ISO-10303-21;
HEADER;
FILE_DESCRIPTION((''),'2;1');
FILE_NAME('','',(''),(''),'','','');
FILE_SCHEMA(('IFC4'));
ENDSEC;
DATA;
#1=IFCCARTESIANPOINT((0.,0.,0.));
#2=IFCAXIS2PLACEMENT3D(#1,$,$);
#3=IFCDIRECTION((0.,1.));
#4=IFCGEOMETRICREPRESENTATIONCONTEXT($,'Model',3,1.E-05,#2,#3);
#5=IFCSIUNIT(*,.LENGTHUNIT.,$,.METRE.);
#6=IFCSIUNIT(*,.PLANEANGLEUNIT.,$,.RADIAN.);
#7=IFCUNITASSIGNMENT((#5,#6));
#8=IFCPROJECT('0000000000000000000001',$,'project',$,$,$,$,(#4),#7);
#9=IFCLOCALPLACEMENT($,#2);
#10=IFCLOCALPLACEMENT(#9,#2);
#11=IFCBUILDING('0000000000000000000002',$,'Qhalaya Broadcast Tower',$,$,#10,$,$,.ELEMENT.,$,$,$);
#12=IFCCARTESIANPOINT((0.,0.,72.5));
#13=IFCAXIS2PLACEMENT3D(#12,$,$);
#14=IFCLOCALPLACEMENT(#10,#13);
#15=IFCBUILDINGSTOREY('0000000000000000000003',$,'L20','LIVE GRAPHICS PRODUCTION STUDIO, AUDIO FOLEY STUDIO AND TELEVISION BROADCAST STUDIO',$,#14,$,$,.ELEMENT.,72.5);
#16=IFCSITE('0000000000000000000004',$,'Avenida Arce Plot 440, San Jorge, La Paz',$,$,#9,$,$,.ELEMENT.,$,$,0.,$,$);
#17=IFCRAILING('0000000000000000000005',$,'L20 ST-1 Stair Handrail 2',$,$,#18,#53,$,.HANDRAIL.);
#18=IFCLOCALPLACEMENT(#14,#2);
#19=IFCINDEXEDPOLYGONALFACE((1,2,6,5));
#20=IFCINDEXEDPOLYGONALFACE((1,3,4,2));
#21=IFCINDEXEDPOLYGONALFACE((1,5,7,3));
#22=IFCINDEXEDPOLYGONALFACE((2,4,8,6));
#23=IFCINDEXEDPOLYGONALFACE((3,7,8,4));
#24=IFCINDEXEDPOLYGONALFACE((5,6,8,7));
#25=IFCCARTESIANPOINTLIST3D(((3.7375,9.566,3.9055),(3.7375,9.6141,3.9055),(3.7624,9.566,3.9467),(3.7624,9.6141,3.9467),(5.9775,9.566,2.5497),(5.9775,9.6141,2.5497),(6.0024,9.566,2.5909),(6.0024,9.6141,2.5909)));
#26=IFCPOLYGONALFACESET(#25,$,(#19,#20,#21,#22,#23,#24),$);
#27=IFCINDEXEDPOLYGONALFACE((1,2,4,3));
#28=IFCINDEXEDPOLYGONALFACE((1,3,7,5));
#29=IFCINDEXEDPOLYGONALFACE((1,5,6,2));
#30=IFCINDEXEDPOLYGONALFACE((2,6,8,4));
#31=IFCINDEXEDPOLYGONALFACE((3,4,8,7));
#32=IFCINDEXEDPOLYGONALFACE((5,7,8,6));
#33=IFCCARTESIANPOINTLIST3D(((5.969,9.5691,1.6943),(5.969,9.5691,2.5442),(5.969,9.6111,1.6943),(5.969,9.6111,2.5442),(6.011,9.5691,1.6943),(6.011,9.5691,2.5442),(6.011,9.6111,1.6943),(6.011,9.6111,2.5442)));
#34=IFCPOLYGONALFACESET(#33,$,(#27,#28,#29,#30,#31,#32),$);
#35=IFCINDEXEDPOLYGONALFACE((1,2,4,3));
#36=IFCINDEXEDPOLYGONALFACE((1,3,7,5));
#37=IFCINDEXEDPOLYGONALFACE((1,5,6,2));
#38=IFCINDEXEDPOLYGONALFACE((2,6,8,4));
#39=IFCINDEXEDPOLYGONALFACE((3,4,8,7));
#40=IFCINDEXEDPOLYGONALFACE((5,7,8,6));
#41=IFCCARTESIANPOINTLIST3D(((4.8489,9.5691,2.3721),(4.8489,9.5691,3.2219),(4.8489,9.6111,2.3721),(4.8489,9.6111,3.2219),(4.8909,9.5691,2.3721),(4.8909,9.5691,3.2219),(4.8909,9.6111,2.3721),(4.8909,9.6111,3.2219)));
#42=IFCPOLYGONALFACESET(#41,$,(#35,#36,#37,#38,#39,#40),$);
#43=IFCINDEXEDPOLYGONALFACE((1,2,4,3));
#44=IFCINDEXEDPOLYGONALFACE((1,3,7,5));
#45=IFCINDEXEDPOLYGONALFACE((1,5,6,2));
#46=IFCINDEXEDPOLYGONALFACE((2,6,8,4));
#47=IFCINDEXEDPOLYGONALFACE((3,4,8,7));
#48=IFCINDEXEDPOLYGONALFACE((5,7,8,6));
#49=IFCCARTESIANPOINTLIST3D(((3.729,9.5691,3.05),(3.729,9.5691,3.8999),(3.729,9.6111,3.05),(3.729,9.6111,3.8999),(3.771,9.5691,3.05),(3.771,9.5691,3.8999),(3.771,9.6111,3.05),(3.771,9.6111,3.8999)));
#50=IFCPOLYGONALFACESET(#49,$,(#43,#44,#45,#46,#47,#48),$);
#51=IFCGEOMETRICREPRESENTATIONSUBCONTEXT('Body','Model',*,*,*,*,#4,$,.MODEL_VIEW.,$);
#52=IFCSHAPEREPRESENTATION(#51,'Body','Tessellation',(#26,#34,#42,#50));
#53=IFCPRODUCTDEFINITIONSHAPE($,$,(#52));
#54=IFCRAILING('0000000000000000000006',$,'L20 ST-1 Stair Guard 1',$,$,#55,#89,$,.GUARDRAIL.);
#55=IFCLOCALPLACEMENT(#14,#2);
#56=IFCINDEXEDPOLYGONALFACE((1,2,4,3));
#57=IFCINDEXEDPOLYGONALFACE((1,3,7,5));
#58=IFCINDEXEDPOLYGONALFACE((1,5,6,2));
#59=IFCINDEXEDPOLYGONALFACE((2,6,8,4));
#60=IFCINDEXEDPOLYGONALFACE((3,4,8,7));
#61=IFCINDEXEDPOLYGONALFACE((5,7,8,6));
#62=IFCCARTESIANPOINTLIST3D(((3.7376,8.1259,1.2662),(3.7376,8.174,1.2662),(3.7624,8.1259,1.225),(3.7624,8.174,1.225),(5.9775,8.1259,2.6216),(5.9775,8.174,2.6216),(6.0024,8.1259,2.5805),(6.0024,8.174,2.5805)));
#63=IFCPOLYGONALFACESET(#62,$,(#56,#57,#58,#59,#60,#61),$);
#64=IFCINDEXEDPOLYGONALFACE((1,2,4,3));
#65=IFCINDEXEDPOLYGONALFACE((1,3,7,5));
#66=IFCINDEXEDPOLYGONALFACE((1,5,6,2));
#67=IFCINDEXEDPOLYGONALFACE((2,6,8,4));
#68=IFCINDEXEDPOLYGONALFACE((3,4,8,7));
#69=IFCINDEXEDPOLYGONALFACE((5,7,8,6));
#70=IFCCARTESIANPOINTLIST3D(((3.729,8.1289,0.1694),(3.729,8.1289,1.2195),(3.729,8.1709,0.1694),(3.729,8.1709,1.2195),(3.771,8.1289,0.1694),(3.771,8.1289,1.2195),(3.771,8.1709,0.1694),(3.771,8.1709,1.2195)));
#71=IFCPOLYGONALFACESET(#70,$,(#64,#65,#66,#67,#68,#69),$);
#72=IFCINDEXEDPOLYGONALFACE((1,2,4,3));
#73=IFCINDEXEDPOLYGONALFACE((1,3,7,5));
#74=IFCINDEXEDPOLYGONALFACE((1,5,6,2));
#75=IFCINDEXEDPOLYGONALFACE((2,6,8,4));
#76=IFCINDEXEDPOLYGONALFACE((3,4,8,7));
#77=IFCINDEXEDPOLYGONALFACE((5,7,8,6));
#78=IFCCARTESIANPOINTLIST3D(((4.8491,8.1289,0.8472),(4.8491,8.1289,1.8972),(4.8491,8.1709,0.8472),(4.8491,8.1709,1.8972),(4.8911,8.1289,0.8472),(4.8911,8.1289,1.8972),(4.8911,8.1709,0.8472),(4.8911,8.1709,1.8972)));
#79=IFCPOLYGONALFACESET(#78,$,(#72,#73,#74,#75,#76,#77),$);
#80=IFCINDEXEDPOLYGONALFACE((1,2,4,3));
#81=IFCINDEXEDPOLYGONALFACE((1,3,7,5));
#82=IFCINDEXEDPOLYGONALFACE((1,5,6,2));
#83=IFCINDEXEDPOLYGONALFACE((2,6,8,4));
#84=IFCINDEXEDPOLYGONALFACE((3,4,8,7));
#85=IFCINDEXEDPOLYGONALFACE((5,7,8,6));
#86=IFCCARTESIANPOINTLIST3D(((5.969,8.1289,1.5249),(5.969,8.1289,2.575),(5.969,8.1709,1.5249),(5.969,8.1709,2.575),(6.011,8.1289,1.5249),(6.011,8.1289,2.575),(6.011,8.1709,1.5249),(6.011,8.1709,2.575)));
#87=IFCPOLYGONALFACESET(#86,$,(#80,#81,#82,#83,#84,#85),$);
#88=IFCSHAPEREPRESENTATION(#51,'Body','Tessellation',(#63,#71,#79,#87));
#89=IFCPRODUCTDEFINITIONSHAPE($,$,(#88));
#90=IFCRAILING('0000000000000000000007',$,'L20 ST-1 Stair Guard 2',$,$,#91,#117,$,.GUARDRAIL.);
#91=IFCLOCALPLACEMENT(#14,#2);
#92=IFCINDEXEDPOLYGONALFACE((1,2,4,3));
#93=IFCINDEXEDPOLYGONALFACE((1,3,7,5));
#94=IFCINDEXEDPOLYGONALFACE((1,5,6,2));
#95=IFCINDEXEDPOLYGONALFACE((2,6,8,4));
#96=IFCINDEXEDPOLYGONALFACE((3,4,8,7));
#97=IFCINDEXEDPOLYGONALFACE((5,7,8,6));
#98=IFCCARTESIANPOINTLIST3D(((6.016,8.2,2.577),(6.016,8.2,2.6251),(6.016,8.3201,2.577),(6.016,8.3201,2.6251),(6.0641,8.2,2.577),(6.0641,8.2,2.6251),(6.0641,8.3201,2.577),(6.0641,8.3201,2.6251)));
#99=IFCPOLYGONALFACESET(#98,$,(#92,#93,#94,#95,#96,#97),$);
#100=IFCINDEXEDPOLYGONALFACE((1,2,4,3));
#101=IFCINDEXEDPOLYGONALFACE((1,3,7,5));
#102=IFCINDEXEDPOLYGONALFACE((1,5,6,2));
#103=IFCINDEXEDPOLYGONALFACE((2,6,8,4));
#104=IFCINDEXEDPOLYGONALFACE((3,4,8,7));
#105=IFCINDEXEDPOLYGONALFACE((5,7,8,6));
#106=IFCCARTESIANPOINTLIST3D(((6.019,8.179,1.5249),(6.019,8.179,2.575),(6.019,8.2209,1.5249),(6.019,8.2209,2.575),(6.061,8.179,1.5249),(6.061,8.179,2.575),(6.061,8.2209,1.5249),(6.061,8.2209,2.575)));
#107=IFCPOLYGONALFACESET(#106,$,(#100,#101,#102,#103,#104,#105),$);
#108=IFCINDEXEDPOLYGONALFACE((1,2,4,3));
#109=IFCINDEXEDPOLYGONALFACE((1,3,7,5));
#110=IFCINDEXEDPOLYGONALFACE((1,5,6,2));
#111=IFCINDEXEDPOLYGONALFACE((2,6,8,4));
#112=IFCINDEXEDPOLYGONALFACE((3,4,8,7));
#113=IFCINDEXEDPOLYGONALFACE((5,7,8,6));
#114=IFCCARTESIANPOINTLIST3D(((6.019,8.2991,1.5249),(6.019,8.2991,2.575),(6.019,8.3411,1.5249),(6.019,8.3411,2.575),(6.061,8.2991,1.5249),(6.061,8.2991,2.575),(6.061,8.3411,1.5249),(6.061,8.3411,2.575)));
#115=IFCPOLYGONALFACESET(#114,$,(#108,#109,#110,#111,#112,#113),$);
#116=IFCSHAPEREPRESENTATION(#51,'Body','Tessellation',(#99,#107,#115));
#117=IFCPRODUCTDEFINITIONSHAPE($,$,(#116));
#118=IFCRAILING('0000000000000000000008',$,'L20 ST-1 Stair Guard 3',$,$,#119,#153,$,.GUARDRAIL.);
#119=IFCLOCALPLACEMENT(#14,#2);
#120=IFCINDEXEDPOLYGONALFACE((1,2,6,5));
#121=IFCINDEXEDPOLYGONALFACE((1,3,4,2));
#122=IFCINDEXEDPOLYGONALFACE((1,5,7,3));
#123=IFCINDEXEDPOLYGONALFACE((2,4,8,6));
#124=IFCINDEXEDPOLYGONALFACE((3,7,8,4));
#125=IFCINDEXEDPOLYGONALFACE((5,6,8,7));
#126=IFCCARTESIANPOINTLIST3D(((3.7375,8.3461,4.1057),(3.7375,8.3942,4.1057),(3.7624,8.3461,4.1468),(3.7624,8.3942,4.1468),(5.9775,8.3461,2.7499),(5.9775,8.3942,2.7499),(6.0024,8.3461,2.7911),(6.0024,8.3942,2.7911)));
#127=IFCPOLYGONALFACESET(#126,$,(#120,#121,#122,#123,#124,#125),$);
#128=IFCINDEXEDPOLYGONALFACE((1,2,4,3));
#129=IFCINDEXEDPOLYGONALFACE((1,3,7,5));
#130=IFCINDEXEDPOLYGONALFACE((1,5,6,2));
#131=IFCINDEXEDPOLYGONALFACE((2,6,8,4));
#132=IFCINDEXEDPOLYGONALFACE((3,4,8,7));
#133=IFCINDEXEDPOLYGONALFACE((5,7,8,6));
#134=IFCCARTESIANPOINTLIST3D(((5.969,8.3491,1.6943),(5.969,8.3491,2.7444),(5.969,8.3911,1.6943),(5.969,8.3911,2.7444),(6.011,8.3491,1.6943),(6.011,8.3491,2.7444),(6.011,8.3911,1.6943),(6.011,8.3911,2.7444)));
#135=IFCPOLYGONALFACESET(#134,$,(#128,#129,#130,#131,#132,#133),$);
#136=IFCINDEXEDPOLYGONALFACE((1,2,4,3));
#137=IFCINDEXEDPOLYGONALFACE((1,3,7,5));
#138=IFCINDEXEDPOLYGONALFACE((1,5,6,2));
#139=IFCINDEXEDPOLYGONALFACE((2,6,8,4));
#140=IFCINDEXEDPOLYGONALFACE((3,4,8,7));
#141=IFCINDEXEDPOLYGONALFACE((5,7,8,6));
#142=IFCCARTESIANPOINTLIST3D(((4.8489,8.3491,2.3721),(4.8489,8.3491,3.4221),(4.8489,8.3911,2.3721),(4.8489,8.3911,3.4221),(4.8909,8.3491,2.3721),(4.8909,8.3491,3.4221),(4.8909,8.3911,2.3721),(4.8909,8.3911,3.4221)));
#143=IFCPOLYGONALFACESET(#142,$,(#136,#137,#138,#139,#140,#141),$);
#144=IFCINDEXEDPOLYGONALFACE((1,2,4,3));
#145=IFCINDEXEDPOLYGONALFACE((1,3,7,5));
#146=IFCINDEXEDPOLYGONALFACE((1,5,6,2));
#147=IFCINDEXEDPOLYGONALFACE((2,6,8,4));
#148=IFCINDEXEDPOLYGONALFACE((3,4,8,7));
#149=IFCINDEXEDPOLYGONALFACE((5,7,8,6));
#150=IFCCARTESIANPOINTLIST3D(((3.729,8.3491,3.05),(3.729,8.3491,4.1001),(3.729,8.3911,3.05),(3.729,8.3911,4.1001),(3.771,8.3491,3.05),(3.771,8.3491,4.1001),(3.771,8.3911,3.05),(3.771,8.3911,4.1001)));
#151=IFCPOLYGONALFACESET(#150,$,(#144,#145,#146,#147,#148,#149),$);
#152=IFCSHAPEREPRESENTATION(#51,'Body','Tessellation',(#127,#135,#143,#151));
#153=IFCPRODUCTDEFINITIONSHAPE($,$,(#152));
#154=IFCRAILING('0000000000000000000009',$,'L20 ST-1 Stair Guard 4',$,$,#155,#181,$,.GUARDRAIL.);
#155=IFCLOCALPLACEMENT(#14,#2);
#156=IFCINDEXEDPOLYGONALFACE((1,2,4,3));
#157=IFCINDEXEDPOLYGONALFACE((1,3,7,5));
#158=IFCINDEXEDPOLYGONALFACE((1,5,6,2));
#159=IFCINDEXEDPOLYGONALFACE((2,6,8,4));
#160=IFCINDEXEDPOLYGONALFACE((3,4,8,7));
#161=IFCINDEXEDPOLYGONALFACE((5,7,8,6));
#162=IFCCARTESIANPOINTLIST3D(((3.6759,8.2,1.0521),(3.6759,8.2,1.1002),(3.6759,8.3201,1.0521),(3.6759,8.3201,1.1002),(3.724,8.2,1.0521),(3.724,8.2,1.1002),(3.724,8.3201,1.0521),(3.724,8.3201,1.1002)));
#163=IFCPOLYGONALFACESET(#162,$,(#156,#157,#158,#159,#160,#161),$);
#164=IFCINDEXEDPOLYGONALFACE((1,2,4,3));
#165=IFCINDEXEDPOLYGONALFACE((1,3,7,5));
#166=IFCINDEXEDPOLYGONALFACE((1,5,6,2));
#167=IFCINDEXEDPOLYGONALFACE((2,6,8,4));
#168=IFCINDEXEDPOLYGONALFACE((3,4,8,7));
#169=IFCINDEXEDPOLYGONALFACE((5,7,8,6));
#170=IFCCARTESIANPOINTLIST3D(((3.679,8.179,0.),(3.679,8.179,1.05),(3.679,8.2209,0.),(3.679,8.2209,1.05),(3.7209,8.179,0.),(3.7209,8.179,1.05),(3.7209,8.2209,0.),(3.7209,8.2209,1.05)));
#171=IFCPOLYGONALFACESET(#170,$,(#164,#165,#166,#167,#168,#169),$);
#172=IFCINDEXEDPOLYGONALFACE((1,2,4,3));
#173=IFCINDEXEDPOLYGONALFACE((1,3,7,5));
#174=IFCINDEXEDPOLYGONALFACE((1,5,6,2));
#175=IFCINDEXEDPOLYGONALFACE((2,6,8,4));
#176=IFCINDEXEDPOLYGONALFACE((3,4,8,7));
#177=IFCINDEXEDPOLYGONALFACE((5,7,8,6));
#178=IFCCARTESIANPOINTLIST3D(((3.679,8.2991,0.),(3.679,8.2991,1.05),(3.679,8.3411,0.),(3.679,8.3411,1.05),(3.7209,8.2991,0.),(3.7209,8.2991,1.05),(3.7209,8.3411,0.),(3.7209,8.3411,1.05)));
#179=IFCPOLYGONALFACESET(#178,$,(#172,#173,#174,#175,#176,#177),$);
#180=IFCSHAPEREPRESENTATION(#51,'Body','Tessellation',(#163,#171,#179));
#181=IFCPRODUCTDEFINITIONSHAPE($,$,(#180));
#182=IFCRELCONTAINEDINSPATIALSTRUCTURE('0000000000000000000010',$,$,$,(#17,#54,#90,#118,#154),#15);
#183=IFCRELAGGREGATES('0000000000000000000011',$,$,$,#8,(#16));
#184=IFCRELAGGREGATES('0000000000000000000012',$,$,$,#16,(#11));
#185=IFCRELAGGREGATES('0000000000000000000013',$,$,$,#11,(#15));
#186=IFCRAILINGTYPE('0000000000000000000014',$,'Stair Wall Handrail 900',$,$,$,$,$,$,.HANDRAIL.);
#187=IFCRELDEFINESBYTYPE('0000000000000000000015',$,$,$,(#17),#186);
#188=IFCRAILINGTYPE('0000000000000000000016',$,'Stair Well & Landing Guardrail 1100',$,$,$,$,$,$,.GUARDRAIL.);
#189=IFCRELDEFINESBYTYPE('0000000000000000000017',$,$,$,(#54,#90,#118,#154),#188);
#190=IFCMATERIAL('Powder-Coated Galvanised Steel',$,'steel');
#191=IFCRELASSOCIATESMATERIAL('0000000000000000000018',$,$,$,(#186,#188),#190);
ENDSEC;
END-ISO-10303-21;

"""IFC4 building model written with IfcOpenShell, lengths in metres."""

from ifc_helpers import new_model, si_unit, direction, frame, origin, origin_2d, place, context, subcontext, project, spatial, rectangle, extrude, material, type_object, element, save


model = new_model("IFC4")

# Units and contexts
model_context = context("Model", 3, precision=1e-05, world=origin(), true_north=direction((0.0, 1.0)))
body_context = subcontext(model_context, "Body", "Model", "MODEL_VIEW")
ifc_project = project(units=[si_unit("LENGTHUNIT", "METRE"), si_unit("PLANEANGLEUNIT", "RADIAN")], contexts=[model_context])

# Site, building, storey
site_placement = place(None, origin())
site = spatial("IfcSite", under=ifc_project, at=site_placement, Name="Avenida Arce Plot 440, San Jorge, La Paz", CompositionType="ELEMENT", RefElevation=0.0)
building_placement = place(site_placement, origin())
building = spatial("IfcBuilding", under=site, at=building_placement, Name="Qhalaya Broadcast Tower", CompositionType="ELEMENT")
storey_placement = place(building_placement, frame((0.0, 0.0, 72.5)))
storey = spatial("IfcBuildingStorey", under=building, at=storey_placement, Name="L20", Description="LIVE GRAPHICS PRODUCTION STUDIO, AUDIO FOLEY STUDIO AND TELEVISION BROADCAST STUDIO", CompositionType="ELEMENT", Elevation=72.5)

# Railings
ifc_material_1 = material(Name="Powder-Coated Galvanised Steel", Category="steel")
railing_type_1 = type_object("IfcRailingType", Name="Stair Wall Handrail 900", PredefinedType="HANDRAIL", material=ifc_material_1)
railing_1_placement = place(storey_placement, frame((5.99, 9.5901, 1.6943)))
element("IfcRailing", 1, at=railing_1_placement, inside=storey, type_object=railing_type_1, Name="L20 ST-1 Stair Handrail 2", PredefinedType="HANDRAIL", context=body_context, shape_type="SweptSolid", body=[
    extrude(rectangle(XDim=0.0481, YDim=0.0481, at=origin_2d()), frame((0.0, 0.0, 0.876), z_axis=(-0.855512, 0.0, 0.517783), x_axis=(0.0, -1.0, 0.0)), (0.0, 0.0, 1.0), 2.6184),
    extrude(rectangle(XDim=0.042, YDim=0.042, at=origin_2d()), origin(), (0.0, 0.0, 1.0), 0.8499),
    extrude(rectangle(XDim=0.042, YDim=0.042, at=origin_2d()), frame((-1.1201, 0.0, 0.6777)), (0.0, 0.0, 1.0), 0.8499),
    extrude(rectangle(XDim=0.042, YDim=0.042, at=origin_2d()), frame((-2.24, 0.0, 1.3557)), (0.0, 0.0, 1.0), 0.8499),
])
railing_type_2 = type_object("IfcRailingType", Name="Stair Well & Landing Guardrail 1100", PredefinedType="GUARDRAIL", material=ifc_material_1)
railing_2_placement = place(storey_placement, frame((3.75, 8.1499, 0.1694)))
element("IfcRailing", 2, at=railing_2_placement, inside=storey, type_object=railing_type_2, Name="L20 ST-1 Stair Guard 1", PredefinedType="GUARDRAIL", context=body_context, shape_type="SweptSolid", body=[
    extrude(rectangle(XDim=0.0481, YDim=0.0481, at=origin_2d()), frame((0.0, 0.0, 1.0762), z_axis=(0.855553, 0.0, 0.517715), x_axis=(0.0, 1.0, 0.0)), (0.0, 0.0, 1.0), 2.6182),
    extrude(rectangle(XDim=0.042, YDim=0.042, at=origin_2d()), origin(), (0.0, 0.0, 1.0), 1.05),
    extrude(rectangle(XDim=0.042, YDim=0.042, at=origin_2d()), frame((1.1201, 0.0, 0.6777)), (0.0, 0.0, 1.0), 1.05),
    extrude(rectangle(XDim=0.042, YDim=0.042, at=origin_2d()), frame((2.24, 0.0, 1.3555)), (0.0, 0.0, 1.0), 1.05),
])
railing_3_placement = place(storey_placement, frame((6.04, 8.2, 1.5249)))
element("IfcRailing", 3, at=railing_3_placement, inside=storey, type_object=railing_type_2, Name="L20 ST-1 Stair Guard 2", PredefinedType="GUARDRAIL", context=body_context, shape_type="SweptSolid", body=[
    extrude(rectangle(XDim=0.0481, YDim=0.0481, at=origin_2d()), frame((0.0, 0.0, 1.0762), z_axis=(0.0, 1.0, 0.0), x_axis=(-1.0, 0.0, 0.0)), (0.0, 0.0, 1.0), 0.1201),
    extrude(rectangle(XDim=0.042, YDim=0.042, at=origin_2d()), origin(), (0.0, 0.0, 1.0), 1.05),
    extrude(rectangle(XDim=0.042, YDim=0.042, at=origin_2d()), frame((0.0, 0.1201, 0.0)), (0.0, 0.0, 1.0), 1.05),
])
railing_4_placement = place(storey_placement, frame((5.99, 8.3701, 1.6943)))
element("IfcRailing", 4, at=railing_4_placement, inside=storey, type_object=railing_type_2, Name="L20 ST-1 Stair Guard 3", PredefinedType="GUARDRAIL", context=body_context, shape_type="SweptSolid", body=[
    extrude(rectangle(XDim=0.0481, YDim=0.0481, at=origin_2d()), frame((0.0, 0.0, 1.0762), z_axis=(-0.855512, 0.0, 0.517783), x_axis=(0.0, -1.0, 0.0)), (0.0, 0.0, 1.0), 2.6184),
    extrude(rectangle(XDim=0.042, YDim=0.042, at=origin_2d()), origin(), (0.0, 0.0, 1.0), 1.05),
    extrude(rectangle(XDim=0.042, YDim=0.042, at=origin_2d()), frame((-1.1201, 0.0, 0.6777)), (0.0, 0.0, 1.0), 1.05),
    extrude(rectangle(XDim=0.042, YDim=0.042, at=origin_2d()), frame((-2.24, 0.0, 1.3557)), (0.0, 0.0, 1.0), 1.05),
])
railing_5_placement = place(storey_placement, frame((3.7, 8.2, 0.0)))
element("IfcRailing", 5, at=railing_5_placement, inside=storey, type_object=railing_type_2, Name="L20 ST-1 Stair Guard 4", PredefinedType="GUARDRAIL", context=body_context, shape_type="SweptSolid", body=[
    extrude(rectangle(XDim=0.0481, YDim=0.0481, at=origin_2d()), frame((0.0, 0.0, 1.0762), z_axis=(0.0, 1.0, 0.0), x_axis=(-1.0, 0.0, 0.0)), (0.0, 0.0, 1.0), 0.1201),
    extrude(rectangle(XDim=0.042, YDim=0.042, at=origin_2d()), origin(), (0.0, 0.0, 1.0), 1.05),
    extrude(rectangle(XDim=0.042, YDim=0.042, at=origin_2d()), frame((0.0, 0.1201, 0.0)), (0.0, 0.0, 1.0), 1.05),
])

save(model, "model.ifc")
